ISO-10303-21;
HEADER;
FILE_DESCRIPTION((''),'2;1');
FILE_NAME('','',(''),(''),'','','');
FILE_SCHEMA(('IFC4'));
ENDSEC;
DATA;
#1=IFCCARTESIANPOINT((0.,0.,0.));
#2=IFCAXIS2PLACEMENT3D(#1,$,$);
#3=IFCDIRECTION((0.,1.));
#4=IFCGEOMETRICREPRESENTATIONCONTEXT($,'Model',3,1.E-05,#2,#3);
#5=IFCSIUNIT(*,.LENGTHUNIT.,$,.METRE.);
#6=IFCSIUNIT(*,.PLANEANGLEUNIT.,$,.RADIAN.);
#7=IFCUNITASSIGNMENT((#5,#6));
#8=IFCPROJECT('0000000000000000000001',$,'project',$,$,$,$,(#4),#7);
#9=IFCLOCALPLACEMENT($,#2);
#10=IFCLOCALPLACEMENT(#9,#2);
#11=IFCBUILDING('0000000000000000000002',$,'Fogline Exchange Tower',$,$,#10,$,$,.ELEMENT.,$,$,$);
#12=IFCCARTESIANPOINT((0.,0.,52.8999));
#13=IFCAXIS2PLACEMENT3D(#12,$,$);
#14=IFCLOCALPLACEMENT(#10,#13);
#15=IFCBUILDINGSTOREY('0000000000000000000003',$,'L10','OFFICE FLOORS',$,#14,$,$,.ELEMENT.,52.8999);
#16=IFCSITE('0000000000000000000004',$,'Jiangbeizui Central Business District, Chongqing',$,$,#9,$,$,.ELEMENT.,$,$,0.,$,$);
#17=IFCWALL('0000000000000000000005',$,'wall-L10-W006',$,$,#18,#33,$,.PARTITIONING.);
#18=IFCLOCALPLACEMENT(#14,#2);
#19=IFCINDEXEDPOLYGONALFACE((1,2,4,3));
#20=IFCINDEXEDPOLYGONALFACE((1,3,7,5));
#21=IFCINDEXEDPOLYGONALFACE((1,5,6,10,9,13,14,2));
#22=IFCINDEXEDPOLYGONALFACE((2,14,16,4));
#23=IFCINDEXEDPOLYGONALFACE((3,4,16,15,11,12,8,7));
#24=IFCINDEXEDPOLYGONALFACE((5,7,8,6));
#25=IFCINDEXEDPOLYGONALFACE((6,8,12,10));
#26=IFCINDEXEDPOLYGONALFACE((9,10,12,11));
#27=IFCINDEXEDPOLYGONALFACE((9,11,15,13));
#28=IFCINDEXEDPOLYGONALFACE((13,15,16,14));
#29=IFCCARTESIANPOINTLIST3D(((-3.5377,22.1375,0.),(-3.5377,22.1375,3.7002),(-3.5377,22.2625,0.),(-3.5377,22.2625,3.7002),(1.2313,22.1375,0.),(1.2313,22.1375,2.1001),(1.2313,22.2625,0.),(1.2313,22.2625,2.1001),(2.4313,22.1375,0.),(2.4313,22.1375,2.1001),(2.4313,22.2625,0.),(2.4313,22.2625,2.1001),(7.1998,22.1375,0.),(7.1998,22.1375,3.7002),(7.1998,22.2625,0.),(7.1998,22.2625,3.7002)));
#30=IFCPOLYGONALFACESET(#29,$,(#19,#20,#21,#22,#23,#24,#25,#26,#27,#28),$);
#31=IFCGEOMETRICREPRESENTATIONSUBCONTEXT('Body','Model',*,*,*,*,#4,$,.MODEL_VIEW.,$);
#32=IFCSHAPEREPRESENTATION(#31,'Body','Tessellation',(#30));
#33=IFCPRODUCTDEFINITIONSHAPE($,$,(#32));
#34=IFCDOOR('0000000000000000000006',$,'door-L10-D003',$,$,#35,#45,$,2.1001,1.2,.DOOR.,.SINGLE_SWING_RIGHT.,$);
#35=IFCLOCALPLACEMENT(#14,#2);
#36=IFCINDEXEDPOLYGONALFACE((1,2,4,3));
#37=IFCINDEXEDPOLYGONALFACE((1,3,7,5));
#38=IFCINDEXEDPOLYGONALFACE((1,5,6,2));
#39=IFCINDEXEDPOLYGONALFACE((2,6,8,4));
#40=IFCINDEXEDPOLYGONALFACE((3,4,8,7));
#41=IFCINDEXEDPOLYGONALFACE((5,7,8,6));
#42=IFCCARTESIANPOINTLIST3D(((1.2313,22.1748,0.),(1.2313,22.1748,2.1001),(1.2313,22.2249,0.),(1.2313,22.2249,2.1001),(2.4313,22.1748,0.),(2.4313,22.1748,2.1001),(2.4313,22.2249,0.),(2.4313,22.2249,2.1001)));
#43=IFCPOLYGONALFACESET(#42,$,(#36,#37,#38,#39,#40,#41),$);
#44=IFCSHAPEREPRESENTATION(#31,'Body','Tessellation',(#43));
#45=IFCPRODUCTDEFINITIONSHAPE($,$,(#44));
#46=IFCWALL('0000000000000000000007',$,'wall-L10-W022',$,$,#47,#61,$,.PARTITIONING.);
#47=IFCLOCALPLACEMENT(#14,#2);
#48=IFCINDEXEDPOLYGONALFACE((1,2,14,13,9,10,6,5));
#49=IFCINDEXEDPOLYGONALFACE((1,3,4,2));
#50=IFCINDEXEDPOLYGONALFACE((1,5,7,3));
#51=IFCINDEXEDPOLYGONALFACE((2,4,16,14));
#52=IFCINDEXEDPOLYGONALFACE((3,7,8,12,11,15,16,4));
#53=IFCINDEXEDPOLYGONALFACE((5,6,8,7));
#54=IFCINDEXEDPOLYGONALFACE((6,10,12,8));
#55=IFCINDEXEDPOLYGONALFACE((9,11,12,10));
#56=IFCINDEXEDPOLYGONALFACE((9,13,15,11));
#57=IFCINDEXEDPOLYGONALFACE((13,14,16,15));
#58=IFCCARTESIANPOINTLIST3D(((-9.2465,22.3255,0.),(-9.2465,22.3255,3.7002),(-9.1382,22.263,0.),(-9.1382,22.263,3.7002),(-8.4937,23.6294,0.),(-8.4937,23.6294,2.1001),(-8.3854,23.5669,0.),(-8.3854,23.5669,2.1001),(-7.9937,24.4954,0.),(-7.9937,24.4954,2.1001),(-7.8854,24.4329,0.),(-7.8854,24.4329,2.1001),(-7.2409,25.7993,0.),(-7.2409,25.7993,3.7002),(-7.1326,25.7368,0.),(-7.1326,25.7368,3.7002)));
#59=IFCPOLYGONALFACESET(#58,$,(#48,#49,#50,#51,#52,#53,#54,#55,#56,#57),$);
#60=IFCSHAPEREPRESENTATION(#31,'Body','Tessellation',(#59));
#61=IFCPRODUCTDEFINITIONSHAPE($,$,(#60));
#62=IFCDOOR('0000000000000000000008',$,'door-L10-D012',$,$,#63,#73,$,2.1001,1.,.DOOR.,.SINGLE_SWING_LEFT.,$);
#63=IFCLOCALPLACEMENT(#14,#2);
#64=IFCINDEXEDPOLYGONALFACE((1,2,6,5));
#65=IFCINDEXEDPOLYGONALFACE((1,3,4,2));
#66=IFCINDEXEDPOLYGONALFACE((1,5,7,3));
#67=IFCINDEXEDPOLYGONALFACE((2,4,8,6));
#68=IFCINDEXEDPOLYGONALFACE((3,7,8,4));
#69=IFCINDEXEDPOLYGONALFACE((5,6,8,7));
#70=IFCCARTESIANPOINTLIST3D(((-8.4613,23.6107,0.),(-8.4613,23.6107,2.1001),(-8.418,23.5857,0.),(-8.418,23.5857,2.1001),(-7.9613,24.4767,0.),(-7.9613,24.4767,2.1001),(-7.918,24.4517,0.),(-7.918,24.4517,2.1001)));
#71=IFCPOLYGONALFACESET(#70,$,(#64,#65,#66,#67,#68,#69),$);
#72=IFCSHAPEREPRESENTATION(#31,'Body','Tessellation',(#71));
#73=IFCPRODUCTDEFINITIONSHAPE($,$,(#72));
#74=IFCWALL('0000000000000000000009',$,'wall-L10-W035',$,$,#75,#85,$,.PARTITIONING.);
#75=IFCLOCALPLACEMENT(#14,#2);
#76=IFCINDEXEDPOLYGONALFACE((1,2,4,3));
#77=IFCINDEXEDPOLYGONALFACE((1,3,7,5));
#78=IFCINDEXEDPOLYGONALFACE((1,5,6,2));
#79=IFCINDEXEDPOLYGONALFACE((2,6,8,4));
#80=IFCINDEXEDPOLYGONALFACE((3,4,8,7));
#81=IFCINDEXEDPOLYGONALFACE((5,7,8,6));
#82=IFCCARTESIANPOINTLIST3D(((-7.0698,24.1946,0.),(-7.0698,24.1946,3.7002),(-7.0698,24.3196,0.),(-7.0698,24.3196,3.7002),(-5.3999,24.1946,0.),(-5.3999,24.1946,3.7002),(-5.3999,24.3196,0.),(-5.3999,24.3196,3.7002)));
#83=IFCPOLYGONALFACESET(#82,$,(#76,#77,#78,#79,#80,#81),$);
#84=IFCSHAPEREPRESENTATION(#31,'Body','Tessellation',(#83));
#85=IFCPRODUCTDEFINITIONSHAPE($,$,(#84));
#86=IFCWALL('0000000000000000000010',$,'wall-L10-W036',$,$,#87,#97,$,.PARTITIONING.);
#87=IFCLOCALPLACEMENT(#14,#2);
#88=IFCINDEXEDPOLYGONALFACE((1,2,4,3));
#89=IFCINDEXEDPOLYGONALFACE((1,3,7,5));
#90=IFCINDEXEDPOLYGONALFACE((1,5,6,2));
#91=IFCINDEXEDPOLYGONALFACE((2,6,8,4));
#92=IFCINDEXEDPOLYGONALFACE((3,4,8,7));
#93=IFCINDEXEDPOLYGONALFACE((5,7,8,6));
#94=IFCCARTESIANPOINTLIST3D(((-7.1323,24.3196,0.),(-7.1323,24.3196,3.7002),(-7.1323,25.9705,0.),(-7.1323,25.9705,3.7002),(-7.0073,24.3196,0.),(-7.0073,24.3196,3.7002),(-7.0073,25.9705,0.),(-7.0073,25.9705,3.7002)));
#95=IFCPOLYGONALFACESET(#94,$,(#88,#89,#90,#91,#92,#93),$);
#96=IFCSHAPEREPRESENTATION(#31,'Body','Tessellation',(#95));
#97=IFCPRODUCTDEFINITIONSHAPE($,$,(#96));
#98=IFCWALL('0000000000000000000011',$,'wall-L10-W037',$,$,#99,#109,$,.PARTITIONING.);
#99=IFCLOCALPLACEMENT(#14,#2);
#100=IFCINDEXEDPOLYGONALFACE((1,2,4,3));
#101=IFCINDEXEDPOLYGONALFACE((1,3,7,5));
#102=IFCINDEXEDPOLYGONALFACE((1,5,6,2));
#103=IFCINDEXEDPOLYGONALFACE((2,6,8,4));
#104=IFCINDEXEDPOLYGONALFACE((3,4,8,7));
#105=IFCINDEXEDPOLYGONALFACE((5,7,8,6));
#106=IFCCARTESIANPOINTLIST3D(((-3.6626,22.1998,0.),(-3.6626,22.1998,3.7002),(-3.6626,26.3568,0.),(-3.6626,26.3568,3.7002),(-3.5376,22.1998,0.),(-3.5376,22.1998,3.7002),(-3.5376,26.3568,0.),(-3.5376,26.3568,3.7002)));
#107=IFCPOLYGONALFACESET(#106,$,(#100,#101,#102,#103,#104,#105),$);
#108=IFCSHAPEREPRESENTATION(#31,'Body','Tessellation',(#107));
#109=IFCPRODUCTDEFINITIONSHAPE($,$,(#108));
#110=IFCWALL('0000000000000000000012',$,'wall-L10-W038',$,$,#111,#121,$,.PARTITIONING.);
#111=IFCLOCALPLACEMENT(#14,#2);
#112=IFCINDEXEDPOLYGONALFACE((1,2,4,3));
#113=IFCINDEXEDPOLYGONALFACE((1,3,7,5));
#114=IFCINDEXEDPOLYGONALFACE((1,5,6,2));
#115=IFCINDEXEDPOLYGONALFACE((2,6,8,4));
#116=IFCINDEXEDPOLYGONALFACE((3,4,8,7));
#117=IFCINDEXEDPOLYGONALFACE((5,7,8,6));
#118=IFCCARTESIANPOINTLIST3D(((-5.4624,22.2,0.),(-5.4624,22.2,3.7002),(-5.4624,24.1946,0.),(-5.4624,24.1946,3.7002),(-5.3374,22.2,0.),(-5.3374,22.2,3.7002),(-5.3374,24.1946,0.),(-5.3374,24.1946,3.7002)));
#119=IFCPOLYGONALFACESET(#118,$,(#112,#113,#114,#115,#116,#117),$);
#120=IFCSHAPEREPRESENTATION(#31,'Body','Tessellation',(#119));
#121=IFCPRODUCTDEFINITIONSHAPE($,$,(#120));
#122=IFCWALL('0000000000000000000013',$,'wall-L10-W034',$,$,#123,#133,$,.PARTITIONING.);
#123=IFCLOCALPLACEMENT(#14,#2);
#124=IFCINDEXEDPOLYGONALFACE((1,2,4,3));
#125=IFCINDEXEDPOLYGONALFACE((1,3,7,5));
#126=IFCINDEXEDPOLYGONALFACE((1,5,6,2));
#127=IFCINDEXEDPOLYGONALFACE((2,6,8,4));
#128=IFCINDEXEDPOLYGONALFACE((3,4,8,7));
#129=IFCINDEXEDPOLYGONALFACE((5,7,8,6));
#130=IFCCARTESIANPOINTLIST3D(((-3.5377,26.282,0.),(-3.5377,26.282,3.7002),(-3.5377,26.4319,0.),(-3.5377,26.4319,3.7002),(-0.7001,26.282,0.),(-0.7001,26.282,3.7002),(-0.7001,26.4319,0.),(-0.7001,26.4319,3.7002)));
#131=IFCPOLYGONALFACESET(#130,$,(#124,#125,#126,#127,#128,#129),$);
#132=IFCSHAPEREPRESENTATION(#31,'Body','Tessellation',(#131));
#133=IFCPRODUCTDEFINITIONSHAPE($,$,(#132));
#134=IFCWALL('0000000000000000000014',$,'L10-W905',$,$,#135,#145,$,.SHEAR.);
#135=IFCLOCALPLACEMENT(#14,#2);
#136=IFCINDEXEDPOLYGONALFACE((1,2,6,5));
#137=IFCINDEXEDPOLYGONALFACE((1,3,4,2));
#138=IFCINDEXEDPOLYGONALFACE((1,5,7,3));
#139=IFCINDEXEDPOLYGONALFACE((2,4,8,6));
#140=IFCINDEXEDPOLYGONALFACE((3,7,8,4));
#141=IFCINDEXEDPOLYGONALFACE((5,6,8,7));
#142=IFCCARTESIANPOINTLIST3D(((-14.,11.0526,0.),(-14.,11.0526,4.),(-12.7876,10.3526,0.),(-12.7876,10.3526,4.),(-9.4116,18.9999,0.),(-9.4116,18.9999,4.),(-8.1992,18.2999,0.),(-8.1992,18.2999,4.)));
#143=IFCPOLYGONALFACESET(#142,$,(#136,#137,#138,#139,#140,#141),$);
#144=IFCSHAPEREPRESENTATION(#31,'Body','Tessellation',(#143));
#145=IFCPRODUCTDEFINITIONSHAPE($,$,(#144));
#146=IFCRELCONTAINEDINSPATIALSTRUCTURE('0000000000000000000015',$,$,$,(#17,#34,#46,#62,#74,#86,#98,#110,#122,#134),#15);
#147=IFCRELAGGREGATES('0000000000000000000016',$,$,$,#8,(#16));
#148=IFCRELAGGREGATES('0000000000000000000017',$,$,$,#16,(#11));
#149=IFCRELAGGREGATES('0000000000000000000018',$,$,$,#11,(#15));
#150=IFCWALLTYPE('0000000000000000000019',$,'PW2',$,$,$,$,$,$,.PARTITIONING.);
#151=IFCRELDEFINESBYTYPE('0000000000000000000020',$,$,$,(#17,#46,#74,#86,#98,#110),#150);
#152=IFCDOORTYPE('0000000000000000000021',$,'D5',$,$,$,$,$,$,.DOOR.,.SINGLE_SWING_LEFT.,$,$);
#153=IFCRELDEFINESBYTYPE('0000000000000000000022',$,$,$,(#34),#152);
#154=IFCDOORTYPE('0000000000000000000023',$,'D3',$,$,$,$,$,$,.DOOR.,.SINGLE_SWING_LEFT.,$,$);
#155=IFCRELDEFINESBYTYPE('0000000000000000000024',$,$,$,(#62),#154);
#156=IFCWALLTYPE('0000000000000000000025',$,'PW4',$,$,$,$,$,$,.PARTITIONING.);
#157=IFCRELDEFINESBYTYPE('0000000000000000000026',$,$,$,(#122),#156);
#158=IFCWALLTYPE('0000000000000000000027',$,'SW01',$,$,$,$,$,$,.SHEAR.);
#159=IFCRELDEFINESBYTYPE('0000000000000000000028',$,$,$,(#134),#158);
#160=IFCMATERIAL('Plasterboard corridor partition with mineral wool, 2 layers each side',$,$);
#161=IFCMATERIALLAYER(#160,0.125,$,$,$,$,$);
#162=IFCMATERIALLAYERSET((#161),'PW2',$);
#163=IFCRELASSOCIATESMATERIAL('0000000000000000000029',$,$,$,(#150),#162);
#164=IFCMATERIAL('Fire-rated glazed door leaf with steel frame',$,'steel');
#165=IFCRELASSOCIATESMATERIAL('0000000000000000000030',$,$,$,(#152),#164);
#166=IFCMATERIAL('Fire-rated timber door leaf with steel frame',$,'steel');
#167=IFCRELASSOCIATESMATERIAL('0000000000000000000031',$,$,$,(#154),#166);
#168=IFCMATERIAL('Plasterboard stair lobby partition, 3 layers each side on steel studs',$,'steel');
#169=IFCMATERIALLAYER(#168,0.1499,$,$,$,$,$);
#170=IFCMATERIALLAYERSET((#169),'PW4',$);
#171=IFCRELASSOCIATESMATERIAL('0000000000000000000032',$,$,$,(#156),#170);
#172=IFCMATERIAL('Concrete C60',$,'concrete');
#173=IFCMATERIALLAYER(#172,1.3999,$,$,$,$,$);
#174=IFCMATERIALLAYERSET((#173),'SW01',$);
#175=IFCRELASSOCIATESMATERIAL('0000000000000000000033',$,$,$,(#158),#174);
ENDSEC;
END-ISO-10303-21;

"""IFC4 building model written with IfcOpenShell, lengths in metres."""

from ifc_helpers import new_model, si_unit, direction, frame, frame_2d, origin, place, context, subcontext, project, spatial, rectangle, extrude, material, layer, layer_set, type_object, element, fill, save


model = new_model("IFC4")

# Units and contexts
model_context = context("Model", 3, precision=1e-05, world=origin(), true_north=direction((0.0, 1.0)))
body_context = subcontext(model_context, "Body", "Model", "MODEL_VIEW")
ifc_project = project(units=[si_unit("LENGTHUNIT", "METRE"), si_unit("PLANEANGLEUNIT", "RADIAN")], contexts=[model_context])

# Site, building, storey
site_placement = place(None, origin())
site = spatial("IfcSite", under=ifc_project, at=site_placement, Name="Jiangbeizui Central Business District, Chongqing", CompositionType="ELEMENT", RefElevation=0.0)
building_placement = place(site_placement, origin())
building = spatial("IfcBuilding", under=site, at=building_placement, Name="Fogline Exchange Tower", CompositionType="ELEMENT")
storey_placement = place(building_placement, frame((0.0, 0.0, 52.8999)))
storey = spatial("IfcBuildingStorey", under=building, at=storey_placement, Name="L10", Description="OFFICE FLOORS", CompositionType="ELEMENT", Elevation=52.8999)

# Walls, openings, doors
ifc_material_1 = material(Name="Plasterboard corridor partition with mineral wool, 2 layers each side")
ifc_layer_1 = layer(ifc_material_1, 0.125)
ifc_layer_set_1 = layer_set([ifc_layer_1], Name="PW2")
wall_type_1 = type_object("IfcWallType", Name="PW2", PredefinedType="PARTITIONING", material=ifc_layer_set_1)
wall_1_placement = place(storey_placement, frame((-3.5376, 22.2, 0.0), z_axis=(0.0, 0.0, 1.0), x_axis=(1.0, 0.0, 0.0)))
wall_1 = element("IfcWall", 1, at=wall_1_placement, inside=storey, type_object=wall_type_1, Name="wall-L10-W006", PredefinedType="PARTITIONING", context=body_context, shape_type="SweptSolid", body=[
    extrude(rectangle(XDim=10.7375, YDim=0.125, at=frame_2d((5.3687, 0.0))), origin(), (0.0, 0.0, 1.0), 3.7002),
])
opening_1_placement = place(wall_1_placement, frame((4.7688, 0.0, 0.0)))
opening_1 = element("IfcOpeningElement", 2, at=opening_1_placement, cuts=wall_1, PredefinedType="OPENING", context=body_context, shape_type="SweptSolid", body=[
    extrude(rectangle(XDim=1.2, YDim=2.1001, at=frame_2d((0.6001, 1.05))), frame((0.0, 0.0725, 0.0), z_axis=(0.0, -1.0, 0.0), x_axis=(1.0, 0.0, 0.0)), (0.0, 0.0, 1.0), 0.145),
])
ifc_material_2 = material(Name="Fire-rated glazed door leaf with steel frame", Category="steel")
door_type_1 = type_object("IfcDoorType", Name="D5", OperationType="SINGLE_SWING_LEFT", PredefinedType="DOOR", material=ifc_material_2)
door_1_placement = place(opening_1_placement, origin())
door_1 = element("IfcDoor", 3, at=door_1_placement, inside=storey, type_object=door_type_1, Name="door-L10-D003", OperationType="SINGLE_SWING_RIGHT", OverallHeight=2.1001, OverallWidth=1.2, PredefinedType="DOOR", context=body_context, shape_type="SweptSolid", body=[
    extrude(rectangle(XDim=1.2, YDim=2.1001, at=frame_2d((0.6001, 1.05))), frame((0.0, 0.0249, 0.0), z_axis=(0.0, -1.0, 0.0), x_axis=(1.0, 0.0, 0.0)), (0.0, 0.0, 1.0), 0.05),
])
fill(opening_1, door_1)
wall_2_placement = place(storey_placement, frame((-7.1868, 25.7681, 0.0), z_axis=(0.0, 0.0, 1.0), x_axis=(-0.499995, -0.866028, 0.0)))
wall_2 = element("IfcWall", 4, at=wall_2_placement, inside=storey, type_object=wall_type_1, Name="wall-L10-W022", PredefinedType="PARTITIONING", context=body_context, shape_type="SweptSolid", body=[
    extrude(rectangle(XDim=4.0112, YDim=0.125, at=frame_2d((2.0056, 0.0))), origin(), (0.0, 0.0, 1.0), 3.7002),
])
opening_2_placement = place(wall_2_placement, frame((1.5056, 0.0, 0.0)))
opening_2 = element("IfcOpeningElement", 5, at=opening_2_placement, cuts=wall_2, PredefinedType="OPENING", context=body_context, shape_type="SweptSolid", body=[
    extrude(rectangle(XDim=1.0, YDim=2.1001, at=frame_2d((0.5, 1.05))), frame((0.0, 0.0725, 0.0), z_axis=(0.0, -1.0, 0.0), x_axis=(1.0, 0.0, 0.0)), (0.0, 0.0, 1.0), 0.145),
])
ifc_material_3 = material(Name="Fire-rated timber door leaf with steel frame", Category="steel")
door_type_2 = type_object("IfcDoorType", Name="D3", OperationType="SINGLE_SWING_LEFT", PredefinedType="DOOR", material=ifc_material_3)
door_2_placement = place(opening_2_placement, origin())
door_2 = element("IfcDoor", 6, at=door_2_placement, inside=storey, type_object=door_type_2, Name="door-L10-D012", OperationType="SINGLE_SWING_LEFT", OverallHeight=2.1001, OverallWidth=1.0, PredefinedType="DOOR", context=body_context, shape_type="SweptSolid", body=[
    extrude(rectangle(XDim=1.0, YDim=2.1001, at=frame_2d((0.5, 1.05))), frame((0.0, 0.0249, 0.0), z_axis=(0.0, -1.0, 0.0), x_axis=(1.0, 0.0, 0.0)), (0.0, 0.0, 1.0), 0.05),
])
fill(opening_2, door_2)

# Walls
wall_3_placement = place(storey_placement, frame((-5.3999, 24.2571, 0.0), z_axis=(0.0, 0.0, 1.0), x_axis=(-1.0, 0.0, 0.0)))
element("IfcWall", 7, at=wall_3_placement, inside=storey, type_object=wall_type_1, Name="wall-L10-W035", PredefinedType="PARTITIONING", context=body_context, shape_type="SweptSolid", body=[
    extrude(rectangle(XDim=1.6699, YDim=0.125, at=frame_2d((0.835, 0.0))), origin(), (0.0, 0.0, 1.0), 3.7002),
])
wall_4_placement = place(storey_placement, frame((-7.0698, 24.3196, 0.0), z_axis=(0.0, 0.0, 1.0), x_axis=(0.0, 1.0, 0.0)))
element("IfcWall", 8, at=wall_4_placement, inside=storey, type_object=wall_type_1, Name="wall-L10-W036", PredefinedType="PARTITIONING", context=body_context, shape_type="SweptSolid", body=[
    extrude(rectangle(XDim=1.6509, YDim=0.125, at=frame_2d((0.8254, 0.0))), origin(), (0.0, 0.0, 1.0), 3.7002),
])
wall_5_placement = place(storey_placement, frame((-3.6001, 26.3569, 0.0), z_axis=(0.0, 0.0, 1.0), x_axis=(0.0, -1.0, 0.0)))
element("IfcWall", 9, at=wall_5_placement, inside=storey, type_object=wall_type_1, Name="wall-L10-W037", PredefinedType="PARTITIONING", context=body_context, shape_type="SweptSolid", body=[
    extrude(rectangle(XDim=4.157, YDim=0.125, at=frame_2d((2.0786, 0.0))), origin(), (0.0, 0.0, 1.0), 3.7002),
])
wall_6_placement = place(storey_placement, frame((-5.3999, 22.2, 0.0), z_axis=(0.0, 0.0, 1.0), x_axis=(0.0, 1.0, 0.0)))
element("IfcWall", 10, at=wall_6_placement, inside=storey, type_object=wall_type_1, Name="wall-L10-W038", PredefinedType="PARTITIONING", context=body_context, shape_type="SweptSolid", body=[
    extrude(rectangle(XDim=1.9946, YDim=0.125, at=frame_2d((0.9973, 0.0))), origin(), (0.0, 0.0, 1.0), 3.7002),
])
ifc_material_4 = material(Name="Plasterboard stair lobby partition, 3 layers each side on steel studs", Category="steel")
ifc_layer_2 = layer(ifc_material_4, 0.1499)
ifc_layer_set_2 = layer_set([ifc_layer_2], Name="PW4")
wall_type_2 = type_object("IfcWallType", Name="PW4", PredefinedType="PARTITIONING", material=ifc_layer_set_2)
wall_7_placement = place(storey_placement, frame((-0.7, 26.3569, 0.0), z_axis=(0.0, 0.0, 1.0), x_axis=(-1.0, 0.0, 0.0)))
element("IfcWall", 11, at=wall_7_placement, inside=storey, type_object=wall_type_2, Name="wall-L10-W034", PredefinedType="PARTITIONING", context=body_context, shape_type="SweptSolid", body=[
    extrude(rectangle(XDim=2.8376, YDim=0.1499, at=frame_2d((1.4189, 0.0))), origin(), (0.0, 0.0, 1.0), 3.7002),
])
ifc_material_5 = material(Name="Concrete C60", Category="concrete")
ifc_layer_3 = layer(ifc_material_5, 1.3999)
ifc_layer_set_3 = layer_set([ifc_layer_3], Name="SW01")
wall_type_3 = type_object("IfcWallType", Name="SW01", PredefinedType="SHEAR", material=ifc_layer_set_3)
wall_8_placement = place(storey_placement, frame((-8.8054, 18.6499, 0.0), z_axis=(0.0, 0.0, 1.0), x_axis=(-0.500002, -0.866024, 0.0)))
element("IfcWall", 12, at=wall_8_placement, inside=storey, type_object=wall_type_3, Name="L10-W905", PredefinedType="SHEAR", context=body_context, shape_type="SweptSolid", body=[
    extrude(rectangle(XDim=9.1768, YDim=1.3999, at=frame_2d((4.5884, 0.0))), origin(), (0.0, 0.0, 1.0), 4.0),
])

save(model, "model.ifc")
